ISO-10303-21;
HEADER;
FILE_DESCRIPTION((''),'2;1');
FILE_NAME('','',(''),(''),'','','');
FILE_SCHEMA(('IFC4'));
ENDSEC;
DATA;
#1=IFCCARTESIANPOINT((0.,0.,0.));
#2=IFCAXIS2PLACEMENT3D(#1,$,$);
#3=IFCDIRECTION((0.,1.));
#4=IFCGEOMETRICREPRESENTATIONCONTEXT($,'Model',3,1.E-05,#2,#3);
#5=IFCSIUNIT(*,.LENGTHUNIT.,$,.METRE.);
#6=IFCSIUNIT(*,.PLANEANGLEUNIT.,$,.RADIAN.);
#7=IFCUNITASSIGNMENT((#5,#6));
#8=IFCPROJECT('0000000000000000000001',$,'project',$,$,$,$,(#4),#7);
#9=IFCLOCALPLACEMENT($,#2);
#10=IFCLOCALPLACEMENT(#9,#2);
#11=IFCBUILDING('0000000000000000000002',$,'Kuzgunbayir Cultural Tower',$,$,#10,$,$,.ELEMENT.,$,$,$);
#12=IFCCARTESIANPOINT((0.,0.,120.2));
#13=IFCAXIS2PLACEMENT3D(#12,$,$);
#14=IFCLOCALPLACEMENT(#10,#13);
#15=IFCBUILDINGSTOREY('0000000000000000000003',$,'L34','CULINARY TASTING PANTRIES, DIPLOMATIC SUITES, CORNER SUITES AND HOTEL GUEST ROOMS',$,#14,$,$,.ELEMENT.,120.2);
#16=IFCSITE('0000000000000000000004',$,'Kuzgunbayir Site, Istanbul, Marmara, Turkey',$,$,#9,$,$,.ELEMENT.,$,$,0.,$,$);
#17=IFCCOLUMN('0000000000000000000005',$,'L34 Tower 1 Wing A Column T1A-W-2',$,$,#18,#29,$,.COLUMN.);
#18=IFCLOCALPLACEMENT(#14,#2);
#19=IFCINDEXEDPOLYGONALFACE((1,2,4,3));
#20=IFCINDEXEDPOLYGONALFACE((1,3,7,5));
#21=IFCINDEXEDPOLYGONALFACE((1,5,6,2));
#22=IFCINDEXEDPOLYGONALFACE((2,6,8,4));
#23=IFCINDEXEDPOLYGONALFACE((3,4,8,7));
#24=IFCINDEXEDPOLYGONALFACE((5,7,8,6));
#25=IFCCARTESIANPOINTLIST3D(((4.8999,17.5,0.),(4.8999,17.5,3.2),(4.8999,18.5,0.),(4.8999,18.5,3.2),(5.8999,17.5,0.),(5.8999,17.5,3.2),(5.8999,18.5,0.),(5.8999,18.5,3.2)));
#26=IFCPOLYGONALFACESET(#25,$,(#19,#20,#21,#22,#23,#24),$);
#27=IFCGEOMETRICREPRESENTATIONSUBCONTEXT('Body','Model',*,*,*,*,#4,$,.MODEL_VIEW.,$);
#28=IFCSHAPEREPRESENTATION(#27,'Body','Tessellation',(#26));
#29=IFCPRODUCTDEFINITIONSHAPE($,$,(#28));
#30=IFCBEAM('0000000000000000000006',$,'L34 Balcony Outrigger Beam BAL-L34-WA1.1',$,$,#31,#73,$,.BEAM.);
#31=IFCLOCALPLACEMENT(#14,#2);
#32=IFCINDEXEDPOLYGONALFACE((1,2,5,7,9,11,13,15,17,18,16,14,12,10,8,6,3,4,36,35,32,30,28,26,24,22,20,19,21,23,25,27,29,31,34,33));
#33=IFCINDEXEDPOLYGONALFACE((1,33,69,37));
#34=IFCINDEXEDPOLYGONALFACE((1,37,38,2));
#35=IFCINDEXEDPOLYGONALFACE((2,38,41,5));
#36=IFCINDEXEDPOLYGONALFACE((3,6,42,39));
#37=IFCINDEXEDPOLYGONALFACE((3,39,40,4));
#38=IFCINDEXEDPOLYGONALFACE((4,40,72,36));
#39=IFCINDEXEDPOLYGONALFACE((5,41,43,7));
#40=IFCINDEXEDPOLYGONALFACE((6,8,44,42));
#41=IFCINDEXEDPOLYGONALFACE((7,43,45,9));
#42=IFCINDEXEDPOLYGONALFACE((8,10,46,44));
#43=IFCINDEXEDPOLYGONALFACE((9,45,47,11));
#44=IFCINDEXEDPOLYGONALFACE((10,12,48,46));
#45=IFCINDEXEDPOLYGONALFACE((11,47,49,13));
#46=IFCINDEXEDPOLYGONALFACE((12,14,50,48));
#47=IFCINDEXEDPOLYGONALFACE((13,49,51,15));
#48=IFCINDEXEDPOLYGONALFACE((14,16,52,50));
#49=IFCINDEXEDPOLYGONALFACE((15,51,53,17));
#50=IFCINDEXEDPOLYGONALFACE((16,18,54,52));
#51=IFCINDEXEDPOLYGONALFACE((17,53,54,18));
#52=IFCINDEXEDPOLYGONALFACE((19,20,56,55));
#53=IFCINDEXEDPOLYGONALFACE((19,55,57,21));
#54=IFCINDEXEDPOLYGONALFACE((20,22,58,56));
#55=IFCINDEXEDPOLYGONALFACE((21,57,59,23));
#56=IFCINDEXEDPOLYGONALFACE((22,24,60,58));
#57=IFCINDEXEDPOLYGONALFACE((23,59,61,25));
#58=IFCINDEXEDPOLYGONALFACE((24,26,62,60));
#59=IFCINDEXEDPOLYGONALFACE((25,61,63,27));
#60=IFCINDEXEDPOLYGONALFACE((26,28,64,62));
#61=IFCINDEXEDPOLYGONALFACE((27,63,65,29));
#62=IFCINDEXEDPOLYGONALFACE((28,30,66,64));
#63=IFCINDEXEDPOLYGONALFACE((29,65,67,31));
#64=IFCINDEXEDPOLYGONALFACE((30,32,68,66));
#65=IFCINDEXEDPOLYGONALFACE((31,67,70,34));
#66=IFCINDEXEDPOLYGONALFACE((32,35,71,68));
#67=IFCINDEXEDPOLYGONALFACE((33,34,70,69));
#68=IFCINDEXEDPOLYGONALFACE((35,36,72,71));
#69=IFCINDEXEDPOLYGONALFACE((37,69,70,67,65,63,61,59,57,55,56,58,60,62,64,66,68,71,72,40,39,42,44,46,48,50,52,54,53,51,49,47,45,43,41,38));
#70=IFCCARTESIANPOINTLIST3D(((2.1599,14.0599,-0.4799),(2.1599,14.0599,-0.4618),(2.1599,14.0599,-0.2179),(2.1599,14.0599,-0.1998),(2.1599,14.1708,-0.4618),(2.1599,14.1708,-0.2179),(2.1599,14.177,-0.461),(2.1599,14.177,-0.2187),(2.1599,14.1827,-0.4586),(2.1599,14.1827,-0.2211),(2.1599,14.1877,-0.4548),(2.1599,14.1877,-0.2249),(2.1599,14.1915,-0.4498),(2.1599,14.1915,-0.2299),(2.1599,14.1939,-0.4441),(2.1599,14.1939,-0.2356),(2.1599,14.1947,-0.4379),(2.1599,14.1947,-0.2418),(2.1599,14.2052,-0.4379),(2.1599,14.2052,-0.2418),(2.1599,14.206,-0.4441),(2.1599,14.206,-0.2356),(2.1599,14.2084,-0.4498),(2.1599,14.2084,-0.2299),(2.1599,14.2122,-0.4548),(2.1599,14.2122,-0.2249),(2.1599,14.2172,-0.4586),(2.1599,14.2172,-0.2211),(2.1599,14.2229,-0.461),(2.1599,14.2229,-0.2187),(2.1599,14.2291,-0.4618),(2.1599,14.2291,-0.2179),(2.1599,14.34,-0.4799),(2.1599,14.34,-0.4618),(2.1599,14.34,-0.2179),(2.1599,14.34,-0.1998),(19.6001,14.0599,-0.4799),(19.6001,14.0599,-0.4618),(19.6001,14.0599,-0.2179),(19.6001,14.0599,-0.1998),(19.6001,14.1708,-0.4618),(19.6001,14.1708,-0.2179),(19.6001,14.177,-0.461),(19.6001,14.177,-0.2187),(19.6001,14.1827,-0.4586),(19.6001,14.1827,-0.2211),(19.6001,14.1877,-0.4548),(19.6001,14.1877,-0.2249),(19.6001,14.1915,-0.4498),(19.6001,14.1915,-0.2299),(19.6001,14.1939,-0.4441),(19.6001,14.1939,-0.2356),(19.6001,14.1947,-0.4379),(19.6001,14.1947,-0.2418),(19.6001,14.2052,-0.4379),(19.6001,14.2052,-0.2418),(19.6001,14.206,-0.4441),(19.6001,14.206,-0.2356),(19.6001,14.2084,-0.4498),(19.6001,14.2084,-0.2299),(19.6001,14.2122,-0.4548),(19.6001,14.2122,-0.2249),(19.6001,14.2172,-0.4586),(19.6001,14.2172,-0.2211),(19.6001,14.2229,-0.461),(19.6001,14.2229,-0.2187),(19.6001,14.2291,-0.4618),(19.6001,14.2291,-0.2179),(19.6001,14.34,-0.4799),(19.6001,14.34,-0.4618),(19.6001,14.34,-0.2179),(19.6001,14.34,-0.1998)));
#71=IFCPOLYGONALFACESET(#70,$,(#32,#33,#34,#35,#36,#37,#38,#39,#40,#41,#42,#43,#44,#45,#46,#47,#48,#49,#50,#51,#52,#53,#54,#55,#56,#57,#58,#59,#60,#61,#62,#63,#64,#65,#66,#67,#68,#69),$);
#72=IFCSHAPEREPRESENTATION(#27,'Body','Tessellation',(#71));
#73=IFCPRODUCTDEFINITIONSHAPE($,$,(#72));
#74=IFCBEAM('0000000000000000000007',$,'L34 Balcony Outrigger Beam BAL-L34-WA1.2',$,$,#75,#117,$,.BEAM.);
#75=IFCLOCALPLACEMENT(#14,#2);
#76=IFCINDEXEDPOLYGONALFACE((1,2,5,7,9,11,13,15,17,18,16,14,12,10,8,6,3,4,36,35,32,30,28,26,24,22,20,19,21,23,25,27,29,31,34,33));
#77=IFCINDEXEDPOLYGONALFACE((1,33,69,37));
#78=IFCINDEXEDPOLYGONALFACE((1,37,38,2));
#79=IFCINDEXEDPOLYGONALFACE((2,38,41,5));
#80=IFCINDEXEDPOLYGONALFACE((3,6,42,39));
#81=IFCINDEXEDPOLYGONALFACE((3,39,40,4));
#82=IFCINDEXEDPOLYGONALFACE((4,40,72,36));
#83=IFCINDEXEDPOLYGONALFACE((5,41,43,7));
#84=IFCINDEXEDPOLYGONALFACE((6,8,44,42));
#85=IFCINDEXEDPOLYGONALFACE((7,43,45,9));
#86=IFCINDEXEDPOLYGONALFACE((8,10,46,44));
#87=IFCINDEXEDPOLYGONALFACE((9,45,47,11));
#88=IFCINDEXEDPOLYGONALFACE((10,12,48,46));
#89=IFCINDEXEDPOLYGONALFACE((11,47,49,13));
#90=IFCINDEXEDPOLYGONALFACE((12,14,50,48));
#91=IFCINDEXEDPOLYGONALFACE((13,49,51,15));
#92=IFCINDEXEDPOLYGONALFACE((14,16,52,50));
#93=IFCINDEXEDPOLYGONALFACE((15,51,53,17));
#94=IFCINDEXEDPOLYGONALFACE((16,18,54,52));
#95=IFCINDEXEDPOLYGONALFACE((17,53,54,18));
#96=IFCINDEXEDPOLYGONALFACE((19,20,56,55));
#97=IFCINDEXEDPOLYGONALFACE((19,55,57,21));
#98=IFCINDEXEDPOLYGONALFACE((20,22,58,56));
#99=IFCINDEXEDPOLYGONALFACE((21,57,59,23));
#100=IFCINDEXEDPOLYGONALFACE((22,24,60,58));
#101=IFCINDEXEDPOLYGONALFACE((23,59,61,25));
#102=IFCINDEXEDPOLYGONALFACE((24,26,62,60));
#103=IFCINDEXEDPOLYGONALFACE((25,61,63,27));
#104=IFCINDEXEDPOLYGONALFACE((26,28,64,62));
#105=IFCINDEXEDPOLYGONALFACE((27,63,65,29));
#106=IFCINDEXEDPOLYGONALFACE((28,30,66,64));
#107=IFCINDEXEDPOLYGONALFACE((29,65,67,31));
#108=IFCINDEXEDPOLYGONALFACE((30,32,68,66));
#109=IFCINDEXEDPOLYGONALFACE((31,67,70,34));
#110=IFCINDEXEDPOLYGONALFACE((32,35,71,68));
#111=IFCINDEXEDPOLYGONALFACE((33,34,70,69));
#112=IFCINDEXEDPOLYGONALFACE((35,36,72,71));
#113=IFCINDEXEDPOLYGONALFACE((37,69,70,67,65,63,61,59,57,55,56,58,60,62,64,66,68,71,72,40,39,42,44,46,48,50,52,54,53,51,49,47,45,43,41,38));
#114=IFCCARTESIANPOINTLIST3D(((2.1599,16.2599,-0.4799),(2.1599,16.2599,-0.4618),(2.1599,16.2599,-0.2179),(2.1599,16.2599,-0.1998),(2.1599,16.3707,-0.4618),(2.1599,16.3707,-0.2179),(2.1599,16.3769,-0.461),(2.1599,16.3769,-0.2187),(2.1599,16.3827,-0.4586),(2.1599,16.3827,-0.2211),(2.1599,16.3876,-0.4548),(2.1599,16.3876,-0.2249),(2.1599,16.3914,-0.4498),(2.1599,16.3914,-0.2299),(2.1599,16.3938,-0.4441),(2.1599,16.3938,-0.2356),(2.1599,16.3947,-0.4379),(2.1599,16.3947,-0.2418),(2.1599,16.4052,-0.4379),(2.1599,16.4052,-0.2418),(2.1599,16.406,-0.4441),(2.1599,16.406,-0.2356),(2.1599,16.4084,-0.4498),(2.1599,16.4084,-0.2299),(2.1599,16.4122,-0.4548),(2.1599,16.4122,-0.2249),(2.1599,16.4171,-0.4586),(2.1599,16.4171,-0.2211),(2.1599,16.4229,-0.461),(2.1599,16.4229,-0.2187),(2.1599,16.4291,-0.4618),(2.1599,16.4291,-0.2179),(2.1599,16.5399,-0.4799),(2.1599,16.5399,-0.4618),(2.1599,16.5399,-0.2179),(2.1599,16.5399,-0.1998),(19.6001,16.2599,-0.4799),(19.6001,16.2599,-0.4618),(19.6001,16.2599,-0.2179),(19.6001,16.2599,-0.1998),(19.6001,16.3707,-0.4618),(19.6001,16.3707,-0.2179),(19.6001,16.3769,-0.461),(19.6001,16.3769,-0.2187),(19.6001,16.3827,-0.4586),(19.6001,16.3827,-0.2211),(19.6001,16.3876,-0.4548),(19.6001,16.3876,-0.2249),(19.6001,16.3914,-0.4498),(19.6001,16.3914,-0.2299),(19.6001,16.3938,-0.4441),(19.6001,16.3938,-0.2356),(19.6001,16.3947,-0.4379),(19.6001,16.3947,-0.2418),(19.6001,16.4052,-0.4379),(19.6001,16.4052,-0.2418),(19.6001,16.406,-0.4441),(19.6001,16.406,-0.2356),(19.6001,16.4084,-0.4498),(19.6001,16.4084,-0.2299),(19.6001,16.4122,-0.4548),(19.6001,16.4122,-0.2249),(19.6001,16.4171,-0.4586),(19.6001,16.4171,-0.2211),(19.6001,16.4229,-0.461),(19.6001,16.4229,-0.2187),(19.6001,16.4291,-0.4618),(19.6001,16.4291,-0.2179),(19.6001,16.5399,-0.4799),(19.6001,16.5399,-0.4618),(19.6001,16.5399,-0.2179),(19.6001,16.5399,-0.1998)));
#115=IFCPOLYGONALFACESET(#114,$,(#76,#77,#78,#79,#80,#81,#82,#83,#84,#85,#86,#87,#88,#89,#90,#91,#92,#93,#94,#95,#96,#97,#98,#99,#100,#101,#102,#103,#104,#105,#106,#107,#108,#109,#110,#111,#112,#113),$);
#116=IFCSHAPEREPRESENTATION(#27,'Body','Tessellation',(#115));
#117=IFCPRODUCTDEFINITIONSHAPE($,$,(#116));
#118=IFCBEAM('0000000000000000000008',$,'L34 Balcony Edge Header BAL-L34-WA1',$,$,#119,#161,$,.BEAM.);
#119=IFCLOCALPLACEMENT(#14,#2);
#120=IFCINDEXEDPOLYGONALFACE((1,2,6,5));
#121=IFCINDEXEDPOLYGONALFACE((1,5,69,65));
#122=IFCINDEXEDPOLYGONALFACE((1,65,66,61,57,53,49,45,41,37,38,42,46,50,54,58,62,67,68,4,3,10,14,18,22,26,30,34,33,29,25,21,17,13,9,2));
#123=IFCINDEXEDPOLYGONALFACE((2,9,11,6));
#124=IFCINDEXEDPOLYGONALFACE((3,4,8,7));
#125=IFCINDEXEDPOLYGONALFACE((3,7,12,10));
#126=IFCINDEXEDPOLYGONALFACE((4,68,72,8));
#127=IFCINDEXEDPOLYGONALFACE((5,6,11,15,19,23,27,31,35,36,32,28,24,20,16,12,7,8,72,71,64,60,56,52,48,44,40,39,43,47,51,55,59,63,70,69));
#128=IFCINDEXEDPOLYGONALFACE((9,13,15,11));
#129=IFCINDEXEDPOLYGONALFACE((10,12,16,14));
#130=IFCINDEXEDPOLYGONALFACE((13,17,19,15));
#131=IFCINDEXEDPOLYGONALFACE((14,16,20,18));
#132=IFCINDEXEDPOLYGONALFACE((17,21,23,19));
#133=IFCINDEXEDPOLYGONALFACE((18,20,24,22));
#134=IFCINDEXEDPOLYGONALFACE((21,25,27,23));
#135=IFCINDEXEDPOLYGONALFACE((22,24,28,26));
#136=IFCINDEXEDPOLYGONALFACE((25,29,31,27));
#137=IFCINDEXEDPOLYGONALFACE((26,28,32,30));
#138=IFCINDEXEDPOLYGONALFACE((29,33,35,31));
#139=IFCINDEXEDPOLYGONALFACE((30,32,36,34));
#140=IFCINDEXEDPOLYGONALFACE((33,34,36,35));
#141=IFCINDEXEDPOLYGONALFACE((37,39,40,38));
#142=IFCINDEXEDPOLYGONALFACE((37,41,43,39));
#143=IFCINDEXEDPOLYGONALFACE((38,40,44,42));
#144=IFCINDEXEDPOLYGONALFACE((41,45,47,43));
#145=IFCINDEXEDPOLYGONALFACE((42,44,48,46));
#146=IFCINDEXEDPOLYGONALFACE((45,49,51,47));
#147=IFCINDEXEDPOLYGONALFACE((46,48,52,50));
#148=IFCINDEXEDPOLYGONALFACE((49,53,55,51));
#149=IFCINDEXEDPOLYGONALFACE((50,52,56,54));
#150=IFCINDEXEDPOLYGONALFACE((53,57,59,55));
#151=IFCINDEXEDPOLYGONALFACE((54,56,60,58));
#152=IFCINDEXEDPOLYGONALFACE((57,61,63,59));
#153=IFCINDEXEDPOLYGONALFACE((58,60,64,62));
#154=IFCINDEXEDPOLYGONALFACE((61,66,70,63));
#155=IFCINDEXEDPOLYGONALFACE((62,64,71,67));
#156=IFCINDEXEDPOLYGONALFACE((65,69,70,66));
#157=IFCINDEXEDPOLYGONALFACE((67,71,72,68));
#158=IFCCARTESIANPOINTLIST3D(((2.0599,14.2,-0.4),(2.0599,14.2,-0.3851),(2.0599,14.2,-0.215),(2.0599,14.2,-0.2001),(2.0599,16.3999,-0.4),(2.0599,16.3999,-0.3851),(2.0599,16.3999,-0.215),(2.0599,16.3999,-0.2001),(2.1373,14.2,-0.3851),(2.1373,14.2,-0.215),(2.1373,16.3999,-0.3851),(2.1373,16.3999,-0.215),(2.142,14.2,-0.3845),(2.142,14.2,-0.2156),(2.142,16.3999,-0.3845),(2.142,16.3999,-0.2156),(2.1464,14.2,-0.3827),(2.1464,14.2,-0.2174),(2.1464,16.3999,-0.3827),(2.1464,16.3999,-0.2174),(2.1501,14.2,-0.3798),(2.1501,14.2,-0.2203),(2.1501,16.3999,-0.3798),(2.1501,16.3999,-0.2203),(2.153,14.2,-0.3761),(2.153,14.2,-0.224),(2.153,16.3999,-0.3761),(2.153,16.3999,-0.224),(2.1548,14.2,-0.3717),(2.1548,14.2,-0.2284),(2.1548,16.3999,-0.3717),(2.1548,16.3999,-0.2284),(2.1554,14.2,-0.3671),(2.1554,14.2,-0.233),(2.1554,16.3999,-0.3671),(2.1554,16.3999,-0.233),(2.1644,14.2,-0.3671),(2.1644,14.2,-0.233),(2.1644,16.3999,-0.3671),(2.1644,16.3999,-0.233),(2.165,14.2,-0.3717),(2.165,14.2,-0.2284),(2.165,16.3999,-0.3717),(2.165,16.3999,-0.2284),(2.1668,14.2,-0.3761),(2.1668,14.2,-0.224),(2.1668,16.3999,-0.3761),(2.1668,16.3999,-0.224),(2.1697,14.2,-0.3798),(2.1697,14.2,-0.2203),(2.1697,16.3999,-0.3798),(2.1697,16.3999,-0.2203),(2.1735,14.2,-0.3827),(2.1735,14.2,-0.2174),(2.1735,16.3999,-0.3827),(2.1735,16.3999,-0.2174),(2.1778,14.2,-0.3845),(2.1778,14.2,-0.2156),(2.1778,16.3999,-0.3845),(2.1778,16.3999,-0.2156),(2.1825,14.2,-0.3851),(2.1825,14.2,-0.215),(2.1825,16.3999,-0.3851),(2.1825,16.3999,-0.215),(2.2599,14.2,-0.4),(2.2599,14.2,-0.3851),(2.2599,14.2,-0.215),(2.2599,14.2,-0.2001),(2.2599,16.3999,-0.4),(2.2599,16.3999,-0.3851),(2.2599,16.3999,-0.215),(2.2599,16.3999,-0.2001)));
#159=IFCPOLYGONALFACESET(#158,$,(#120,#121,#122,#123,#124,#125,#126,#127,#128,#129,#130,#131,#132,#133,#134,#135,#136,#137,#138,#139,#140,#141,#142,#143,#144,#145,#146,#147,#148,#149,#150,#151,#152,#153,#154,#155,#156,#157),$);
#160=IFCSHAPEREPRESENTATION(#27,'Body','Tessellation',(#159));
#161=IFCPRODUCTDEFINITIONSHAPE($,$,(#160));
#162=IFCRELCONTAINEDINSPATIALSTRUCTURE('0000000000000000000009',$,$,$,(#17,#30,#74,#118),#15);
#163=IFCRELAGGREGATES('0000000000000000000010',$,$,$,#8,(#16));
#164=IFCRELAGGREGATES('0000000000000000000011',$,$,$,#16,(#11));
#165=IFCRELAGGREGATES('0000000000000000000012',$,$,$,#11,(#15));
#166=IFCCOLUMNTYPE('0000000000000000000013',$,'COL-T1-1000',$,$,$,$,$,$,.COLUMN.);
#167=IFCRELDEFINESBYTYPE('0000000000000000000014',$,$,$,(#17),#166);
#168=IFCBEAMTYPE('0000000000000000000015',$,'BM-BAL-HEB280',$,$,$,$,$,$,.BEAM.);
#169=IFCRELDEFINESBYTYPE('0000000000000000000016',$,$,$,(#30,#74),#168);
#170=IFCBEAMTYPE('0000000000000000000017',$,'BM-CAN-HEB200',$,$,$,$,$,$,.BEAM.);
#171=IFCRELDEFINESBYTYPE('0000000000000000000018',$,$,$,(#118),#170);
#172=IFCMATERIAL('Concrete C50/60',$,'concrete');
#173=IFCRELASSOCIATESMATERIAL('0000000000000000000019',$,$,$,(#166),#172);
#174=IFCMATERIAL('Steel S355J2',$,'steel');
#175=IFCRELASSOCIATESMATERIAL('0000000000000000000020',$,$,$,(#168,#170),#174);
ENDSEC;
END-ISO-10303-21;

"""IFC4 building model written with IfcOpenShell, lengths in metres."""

from ifc_helpers import new_model, si_unit, direction, frame, origin, origin_2d, place, context, subcontext, project, spatial, rectangle, i_section, extrude, material, material_profile, profile_set, type_object, element, save


model = new_model("IFC4")

# Units and contexts
model_context = context("Model", 3, precision=1e-05, world=origin(), true_north=direction((0.0, 1.0)))
body_context = subcontext(model_context, "Body", "Model", "MODEL_VIEW")
ifc_project = project(units=[si_unit("LENGTHUNIT", "METRE"), si_unit("PLANEANGLEUNIT", "RADIAN")], contexts=[model_context])

# Site, building, storey
site_placement = place(None, origin())
site = spatial("IfcSite", under=ifc_project, at=site_placement, Name="Kuzgunbayir Site, Istanbul, Marmara, Turkey", CompositionType="ELEMENT", RefElevation=0.0)
building_placement = place(site_placement, origin())
building = spatial("IfcBuilding", under=site, at=building_placement, Name="Kuzgunbayir Cultural Tower", CompositionType="ELEMENT")
storey_placement = place(building_placement, frame((0.0, 0.0, 120.2)))
storey = spatial("IfcBuildingStorey", under=building, at=storey_placement, Name="L34", Description="CULINARY TASTING PANTRIES, DIPLOMATIC SUITES, CORNER SUITES AND HOTEL GUEST ROOMS", CompositionType="ELEMENT", Elevation=120.2)

# Column
ifc_material_1 = material(Name="Concrete C50/60", Category="concrete")
ifc_material_profile_1 = material_profile(ifc_material_1, rectangle(XDim=1.0, YDim=1.0, at=origin_2d()), Name="RC 1000x1000")
ifc_profile_set_1 = profile_set([ifc_material_profile_1], Name="Concrete C50/60")
column_type = type_object("IfcColumnType", Name="COL-T1-1000", PredefinedType="COLUMN", material=ifc_profile_set_1)
column_placement = place(storey_placement, frame((5.3999, 18.0, 0.0), z_axis=(0.0, 0.0, 1.0), x_axis=(1.0, 0.0, 0.0)))
element("IfcColumn", 1, at=column_placement, inside=storey, type_object=column_type, Name="L34 Tower 1 Wing A Column T1A-W-2", PredefinedType="COLUMN", context=body_context, shape_type="SweptSolid", body=[
    extrude(rectangle(XDim=1.0, YDim=1.0, at=origin_2d()), origin(), (0.0, 0.0, 1.0), 3.2),
])

# Beams
ifc_material_2 = material(Name="Steel S355J2", Category="steel")
ifc_material_profile_2 = material_profile(ifc_material_2, i_section(OverallWidth=0.28, OverallDepth=0.28, WebThickness=0.0105, FlangeThickness=0.0181, FilletRadius=0.0239, at=origin_2d()), Name="HEB 280")
ifc_profile_set_2 = profile_set([ifc_material_profile_2], Name="Steel S355J2")
beam_type_1 = type_object("IfcBeamType", Name="BM-BAL-HEB280", PredefinedType="BEAM", material=ifc_profile_set_2)
for number, where, z_axis, x_axis, name in (
    (2, (2.1599, 14.2, -0.3398), (1.0, 0.0, 0.0), (0.0, 1.0, 0.0), "L34 Balcony Outrigger Beam BAL-L34-WA1.1"),
    (3, (2.1599, 16.3999, -0.3398), (1.0, 0.0, 0.0), (0.0, 1.0, 0.0), "L34 Balcony Outrigger Beam BAL-L34-WA1.2"),
):
    element("IfcBeam", number, at=place(storey_placement, frame(where, z_axis=z_axis, x_axis=x_axis)), inside=storey, type_object=beam_type_1, Name=name, PredefinedType="BEAM", context=body_context, shape_type="SweptSolid", body=[
        extrude(i_section(OverallWidth=0.28, OverallDepth=0.28, WebThickness=0.0105, FlangeThickness=0.0181, FilletRadius=0.0239, at=origin_2d()), origin(), (0.0, 0.0, 1.0), 17.4402),
    ])
ifc_material_profile_3 = material_profile(ifc_material_2, i_section(OverallWidth=0.2, OverallDepth=0.2, WebThickness=0.009, FlangeThickness=0.0149, FilletRadius=0.0181, at=origin_2d()), Name="HEB 200")
ifc_profile_set_3 = profile_set([ifc_material_profile_3], Name="Steel S355J2")
beam_type_2 = type_object("IfcBeamType", Name="BM-CAN-HEB200", PredefinedType="BEAM", material=ifc_profile_set_3)
beam_1_placement = place(storey_placement, frame((2.1599, 14.2, -0.3), z_axis=(0.0, 1.0, 0.0), x_axis=(-1.0, 0.0, 0.0)))
element("IfcBeam", 4, at=beam_1_placement, inside=storey, type_object=beam_type_2, Name="L34 Balcony Edge Header BAL-L34-WA1", PredefinedType="BEAM", context=body_context, shape_type="SweptSolid", body=[
    extrude(i_section(OverallWidth=0.2, OverallDepth=0.2, WebThickness=0.009, FlangeThickness=0.0149, FilletRadius=0.0181, at=origin_2d()), origin(), (0.0, 0.0, 1.0), 2.2),
])

save(model, "model.ifc")
